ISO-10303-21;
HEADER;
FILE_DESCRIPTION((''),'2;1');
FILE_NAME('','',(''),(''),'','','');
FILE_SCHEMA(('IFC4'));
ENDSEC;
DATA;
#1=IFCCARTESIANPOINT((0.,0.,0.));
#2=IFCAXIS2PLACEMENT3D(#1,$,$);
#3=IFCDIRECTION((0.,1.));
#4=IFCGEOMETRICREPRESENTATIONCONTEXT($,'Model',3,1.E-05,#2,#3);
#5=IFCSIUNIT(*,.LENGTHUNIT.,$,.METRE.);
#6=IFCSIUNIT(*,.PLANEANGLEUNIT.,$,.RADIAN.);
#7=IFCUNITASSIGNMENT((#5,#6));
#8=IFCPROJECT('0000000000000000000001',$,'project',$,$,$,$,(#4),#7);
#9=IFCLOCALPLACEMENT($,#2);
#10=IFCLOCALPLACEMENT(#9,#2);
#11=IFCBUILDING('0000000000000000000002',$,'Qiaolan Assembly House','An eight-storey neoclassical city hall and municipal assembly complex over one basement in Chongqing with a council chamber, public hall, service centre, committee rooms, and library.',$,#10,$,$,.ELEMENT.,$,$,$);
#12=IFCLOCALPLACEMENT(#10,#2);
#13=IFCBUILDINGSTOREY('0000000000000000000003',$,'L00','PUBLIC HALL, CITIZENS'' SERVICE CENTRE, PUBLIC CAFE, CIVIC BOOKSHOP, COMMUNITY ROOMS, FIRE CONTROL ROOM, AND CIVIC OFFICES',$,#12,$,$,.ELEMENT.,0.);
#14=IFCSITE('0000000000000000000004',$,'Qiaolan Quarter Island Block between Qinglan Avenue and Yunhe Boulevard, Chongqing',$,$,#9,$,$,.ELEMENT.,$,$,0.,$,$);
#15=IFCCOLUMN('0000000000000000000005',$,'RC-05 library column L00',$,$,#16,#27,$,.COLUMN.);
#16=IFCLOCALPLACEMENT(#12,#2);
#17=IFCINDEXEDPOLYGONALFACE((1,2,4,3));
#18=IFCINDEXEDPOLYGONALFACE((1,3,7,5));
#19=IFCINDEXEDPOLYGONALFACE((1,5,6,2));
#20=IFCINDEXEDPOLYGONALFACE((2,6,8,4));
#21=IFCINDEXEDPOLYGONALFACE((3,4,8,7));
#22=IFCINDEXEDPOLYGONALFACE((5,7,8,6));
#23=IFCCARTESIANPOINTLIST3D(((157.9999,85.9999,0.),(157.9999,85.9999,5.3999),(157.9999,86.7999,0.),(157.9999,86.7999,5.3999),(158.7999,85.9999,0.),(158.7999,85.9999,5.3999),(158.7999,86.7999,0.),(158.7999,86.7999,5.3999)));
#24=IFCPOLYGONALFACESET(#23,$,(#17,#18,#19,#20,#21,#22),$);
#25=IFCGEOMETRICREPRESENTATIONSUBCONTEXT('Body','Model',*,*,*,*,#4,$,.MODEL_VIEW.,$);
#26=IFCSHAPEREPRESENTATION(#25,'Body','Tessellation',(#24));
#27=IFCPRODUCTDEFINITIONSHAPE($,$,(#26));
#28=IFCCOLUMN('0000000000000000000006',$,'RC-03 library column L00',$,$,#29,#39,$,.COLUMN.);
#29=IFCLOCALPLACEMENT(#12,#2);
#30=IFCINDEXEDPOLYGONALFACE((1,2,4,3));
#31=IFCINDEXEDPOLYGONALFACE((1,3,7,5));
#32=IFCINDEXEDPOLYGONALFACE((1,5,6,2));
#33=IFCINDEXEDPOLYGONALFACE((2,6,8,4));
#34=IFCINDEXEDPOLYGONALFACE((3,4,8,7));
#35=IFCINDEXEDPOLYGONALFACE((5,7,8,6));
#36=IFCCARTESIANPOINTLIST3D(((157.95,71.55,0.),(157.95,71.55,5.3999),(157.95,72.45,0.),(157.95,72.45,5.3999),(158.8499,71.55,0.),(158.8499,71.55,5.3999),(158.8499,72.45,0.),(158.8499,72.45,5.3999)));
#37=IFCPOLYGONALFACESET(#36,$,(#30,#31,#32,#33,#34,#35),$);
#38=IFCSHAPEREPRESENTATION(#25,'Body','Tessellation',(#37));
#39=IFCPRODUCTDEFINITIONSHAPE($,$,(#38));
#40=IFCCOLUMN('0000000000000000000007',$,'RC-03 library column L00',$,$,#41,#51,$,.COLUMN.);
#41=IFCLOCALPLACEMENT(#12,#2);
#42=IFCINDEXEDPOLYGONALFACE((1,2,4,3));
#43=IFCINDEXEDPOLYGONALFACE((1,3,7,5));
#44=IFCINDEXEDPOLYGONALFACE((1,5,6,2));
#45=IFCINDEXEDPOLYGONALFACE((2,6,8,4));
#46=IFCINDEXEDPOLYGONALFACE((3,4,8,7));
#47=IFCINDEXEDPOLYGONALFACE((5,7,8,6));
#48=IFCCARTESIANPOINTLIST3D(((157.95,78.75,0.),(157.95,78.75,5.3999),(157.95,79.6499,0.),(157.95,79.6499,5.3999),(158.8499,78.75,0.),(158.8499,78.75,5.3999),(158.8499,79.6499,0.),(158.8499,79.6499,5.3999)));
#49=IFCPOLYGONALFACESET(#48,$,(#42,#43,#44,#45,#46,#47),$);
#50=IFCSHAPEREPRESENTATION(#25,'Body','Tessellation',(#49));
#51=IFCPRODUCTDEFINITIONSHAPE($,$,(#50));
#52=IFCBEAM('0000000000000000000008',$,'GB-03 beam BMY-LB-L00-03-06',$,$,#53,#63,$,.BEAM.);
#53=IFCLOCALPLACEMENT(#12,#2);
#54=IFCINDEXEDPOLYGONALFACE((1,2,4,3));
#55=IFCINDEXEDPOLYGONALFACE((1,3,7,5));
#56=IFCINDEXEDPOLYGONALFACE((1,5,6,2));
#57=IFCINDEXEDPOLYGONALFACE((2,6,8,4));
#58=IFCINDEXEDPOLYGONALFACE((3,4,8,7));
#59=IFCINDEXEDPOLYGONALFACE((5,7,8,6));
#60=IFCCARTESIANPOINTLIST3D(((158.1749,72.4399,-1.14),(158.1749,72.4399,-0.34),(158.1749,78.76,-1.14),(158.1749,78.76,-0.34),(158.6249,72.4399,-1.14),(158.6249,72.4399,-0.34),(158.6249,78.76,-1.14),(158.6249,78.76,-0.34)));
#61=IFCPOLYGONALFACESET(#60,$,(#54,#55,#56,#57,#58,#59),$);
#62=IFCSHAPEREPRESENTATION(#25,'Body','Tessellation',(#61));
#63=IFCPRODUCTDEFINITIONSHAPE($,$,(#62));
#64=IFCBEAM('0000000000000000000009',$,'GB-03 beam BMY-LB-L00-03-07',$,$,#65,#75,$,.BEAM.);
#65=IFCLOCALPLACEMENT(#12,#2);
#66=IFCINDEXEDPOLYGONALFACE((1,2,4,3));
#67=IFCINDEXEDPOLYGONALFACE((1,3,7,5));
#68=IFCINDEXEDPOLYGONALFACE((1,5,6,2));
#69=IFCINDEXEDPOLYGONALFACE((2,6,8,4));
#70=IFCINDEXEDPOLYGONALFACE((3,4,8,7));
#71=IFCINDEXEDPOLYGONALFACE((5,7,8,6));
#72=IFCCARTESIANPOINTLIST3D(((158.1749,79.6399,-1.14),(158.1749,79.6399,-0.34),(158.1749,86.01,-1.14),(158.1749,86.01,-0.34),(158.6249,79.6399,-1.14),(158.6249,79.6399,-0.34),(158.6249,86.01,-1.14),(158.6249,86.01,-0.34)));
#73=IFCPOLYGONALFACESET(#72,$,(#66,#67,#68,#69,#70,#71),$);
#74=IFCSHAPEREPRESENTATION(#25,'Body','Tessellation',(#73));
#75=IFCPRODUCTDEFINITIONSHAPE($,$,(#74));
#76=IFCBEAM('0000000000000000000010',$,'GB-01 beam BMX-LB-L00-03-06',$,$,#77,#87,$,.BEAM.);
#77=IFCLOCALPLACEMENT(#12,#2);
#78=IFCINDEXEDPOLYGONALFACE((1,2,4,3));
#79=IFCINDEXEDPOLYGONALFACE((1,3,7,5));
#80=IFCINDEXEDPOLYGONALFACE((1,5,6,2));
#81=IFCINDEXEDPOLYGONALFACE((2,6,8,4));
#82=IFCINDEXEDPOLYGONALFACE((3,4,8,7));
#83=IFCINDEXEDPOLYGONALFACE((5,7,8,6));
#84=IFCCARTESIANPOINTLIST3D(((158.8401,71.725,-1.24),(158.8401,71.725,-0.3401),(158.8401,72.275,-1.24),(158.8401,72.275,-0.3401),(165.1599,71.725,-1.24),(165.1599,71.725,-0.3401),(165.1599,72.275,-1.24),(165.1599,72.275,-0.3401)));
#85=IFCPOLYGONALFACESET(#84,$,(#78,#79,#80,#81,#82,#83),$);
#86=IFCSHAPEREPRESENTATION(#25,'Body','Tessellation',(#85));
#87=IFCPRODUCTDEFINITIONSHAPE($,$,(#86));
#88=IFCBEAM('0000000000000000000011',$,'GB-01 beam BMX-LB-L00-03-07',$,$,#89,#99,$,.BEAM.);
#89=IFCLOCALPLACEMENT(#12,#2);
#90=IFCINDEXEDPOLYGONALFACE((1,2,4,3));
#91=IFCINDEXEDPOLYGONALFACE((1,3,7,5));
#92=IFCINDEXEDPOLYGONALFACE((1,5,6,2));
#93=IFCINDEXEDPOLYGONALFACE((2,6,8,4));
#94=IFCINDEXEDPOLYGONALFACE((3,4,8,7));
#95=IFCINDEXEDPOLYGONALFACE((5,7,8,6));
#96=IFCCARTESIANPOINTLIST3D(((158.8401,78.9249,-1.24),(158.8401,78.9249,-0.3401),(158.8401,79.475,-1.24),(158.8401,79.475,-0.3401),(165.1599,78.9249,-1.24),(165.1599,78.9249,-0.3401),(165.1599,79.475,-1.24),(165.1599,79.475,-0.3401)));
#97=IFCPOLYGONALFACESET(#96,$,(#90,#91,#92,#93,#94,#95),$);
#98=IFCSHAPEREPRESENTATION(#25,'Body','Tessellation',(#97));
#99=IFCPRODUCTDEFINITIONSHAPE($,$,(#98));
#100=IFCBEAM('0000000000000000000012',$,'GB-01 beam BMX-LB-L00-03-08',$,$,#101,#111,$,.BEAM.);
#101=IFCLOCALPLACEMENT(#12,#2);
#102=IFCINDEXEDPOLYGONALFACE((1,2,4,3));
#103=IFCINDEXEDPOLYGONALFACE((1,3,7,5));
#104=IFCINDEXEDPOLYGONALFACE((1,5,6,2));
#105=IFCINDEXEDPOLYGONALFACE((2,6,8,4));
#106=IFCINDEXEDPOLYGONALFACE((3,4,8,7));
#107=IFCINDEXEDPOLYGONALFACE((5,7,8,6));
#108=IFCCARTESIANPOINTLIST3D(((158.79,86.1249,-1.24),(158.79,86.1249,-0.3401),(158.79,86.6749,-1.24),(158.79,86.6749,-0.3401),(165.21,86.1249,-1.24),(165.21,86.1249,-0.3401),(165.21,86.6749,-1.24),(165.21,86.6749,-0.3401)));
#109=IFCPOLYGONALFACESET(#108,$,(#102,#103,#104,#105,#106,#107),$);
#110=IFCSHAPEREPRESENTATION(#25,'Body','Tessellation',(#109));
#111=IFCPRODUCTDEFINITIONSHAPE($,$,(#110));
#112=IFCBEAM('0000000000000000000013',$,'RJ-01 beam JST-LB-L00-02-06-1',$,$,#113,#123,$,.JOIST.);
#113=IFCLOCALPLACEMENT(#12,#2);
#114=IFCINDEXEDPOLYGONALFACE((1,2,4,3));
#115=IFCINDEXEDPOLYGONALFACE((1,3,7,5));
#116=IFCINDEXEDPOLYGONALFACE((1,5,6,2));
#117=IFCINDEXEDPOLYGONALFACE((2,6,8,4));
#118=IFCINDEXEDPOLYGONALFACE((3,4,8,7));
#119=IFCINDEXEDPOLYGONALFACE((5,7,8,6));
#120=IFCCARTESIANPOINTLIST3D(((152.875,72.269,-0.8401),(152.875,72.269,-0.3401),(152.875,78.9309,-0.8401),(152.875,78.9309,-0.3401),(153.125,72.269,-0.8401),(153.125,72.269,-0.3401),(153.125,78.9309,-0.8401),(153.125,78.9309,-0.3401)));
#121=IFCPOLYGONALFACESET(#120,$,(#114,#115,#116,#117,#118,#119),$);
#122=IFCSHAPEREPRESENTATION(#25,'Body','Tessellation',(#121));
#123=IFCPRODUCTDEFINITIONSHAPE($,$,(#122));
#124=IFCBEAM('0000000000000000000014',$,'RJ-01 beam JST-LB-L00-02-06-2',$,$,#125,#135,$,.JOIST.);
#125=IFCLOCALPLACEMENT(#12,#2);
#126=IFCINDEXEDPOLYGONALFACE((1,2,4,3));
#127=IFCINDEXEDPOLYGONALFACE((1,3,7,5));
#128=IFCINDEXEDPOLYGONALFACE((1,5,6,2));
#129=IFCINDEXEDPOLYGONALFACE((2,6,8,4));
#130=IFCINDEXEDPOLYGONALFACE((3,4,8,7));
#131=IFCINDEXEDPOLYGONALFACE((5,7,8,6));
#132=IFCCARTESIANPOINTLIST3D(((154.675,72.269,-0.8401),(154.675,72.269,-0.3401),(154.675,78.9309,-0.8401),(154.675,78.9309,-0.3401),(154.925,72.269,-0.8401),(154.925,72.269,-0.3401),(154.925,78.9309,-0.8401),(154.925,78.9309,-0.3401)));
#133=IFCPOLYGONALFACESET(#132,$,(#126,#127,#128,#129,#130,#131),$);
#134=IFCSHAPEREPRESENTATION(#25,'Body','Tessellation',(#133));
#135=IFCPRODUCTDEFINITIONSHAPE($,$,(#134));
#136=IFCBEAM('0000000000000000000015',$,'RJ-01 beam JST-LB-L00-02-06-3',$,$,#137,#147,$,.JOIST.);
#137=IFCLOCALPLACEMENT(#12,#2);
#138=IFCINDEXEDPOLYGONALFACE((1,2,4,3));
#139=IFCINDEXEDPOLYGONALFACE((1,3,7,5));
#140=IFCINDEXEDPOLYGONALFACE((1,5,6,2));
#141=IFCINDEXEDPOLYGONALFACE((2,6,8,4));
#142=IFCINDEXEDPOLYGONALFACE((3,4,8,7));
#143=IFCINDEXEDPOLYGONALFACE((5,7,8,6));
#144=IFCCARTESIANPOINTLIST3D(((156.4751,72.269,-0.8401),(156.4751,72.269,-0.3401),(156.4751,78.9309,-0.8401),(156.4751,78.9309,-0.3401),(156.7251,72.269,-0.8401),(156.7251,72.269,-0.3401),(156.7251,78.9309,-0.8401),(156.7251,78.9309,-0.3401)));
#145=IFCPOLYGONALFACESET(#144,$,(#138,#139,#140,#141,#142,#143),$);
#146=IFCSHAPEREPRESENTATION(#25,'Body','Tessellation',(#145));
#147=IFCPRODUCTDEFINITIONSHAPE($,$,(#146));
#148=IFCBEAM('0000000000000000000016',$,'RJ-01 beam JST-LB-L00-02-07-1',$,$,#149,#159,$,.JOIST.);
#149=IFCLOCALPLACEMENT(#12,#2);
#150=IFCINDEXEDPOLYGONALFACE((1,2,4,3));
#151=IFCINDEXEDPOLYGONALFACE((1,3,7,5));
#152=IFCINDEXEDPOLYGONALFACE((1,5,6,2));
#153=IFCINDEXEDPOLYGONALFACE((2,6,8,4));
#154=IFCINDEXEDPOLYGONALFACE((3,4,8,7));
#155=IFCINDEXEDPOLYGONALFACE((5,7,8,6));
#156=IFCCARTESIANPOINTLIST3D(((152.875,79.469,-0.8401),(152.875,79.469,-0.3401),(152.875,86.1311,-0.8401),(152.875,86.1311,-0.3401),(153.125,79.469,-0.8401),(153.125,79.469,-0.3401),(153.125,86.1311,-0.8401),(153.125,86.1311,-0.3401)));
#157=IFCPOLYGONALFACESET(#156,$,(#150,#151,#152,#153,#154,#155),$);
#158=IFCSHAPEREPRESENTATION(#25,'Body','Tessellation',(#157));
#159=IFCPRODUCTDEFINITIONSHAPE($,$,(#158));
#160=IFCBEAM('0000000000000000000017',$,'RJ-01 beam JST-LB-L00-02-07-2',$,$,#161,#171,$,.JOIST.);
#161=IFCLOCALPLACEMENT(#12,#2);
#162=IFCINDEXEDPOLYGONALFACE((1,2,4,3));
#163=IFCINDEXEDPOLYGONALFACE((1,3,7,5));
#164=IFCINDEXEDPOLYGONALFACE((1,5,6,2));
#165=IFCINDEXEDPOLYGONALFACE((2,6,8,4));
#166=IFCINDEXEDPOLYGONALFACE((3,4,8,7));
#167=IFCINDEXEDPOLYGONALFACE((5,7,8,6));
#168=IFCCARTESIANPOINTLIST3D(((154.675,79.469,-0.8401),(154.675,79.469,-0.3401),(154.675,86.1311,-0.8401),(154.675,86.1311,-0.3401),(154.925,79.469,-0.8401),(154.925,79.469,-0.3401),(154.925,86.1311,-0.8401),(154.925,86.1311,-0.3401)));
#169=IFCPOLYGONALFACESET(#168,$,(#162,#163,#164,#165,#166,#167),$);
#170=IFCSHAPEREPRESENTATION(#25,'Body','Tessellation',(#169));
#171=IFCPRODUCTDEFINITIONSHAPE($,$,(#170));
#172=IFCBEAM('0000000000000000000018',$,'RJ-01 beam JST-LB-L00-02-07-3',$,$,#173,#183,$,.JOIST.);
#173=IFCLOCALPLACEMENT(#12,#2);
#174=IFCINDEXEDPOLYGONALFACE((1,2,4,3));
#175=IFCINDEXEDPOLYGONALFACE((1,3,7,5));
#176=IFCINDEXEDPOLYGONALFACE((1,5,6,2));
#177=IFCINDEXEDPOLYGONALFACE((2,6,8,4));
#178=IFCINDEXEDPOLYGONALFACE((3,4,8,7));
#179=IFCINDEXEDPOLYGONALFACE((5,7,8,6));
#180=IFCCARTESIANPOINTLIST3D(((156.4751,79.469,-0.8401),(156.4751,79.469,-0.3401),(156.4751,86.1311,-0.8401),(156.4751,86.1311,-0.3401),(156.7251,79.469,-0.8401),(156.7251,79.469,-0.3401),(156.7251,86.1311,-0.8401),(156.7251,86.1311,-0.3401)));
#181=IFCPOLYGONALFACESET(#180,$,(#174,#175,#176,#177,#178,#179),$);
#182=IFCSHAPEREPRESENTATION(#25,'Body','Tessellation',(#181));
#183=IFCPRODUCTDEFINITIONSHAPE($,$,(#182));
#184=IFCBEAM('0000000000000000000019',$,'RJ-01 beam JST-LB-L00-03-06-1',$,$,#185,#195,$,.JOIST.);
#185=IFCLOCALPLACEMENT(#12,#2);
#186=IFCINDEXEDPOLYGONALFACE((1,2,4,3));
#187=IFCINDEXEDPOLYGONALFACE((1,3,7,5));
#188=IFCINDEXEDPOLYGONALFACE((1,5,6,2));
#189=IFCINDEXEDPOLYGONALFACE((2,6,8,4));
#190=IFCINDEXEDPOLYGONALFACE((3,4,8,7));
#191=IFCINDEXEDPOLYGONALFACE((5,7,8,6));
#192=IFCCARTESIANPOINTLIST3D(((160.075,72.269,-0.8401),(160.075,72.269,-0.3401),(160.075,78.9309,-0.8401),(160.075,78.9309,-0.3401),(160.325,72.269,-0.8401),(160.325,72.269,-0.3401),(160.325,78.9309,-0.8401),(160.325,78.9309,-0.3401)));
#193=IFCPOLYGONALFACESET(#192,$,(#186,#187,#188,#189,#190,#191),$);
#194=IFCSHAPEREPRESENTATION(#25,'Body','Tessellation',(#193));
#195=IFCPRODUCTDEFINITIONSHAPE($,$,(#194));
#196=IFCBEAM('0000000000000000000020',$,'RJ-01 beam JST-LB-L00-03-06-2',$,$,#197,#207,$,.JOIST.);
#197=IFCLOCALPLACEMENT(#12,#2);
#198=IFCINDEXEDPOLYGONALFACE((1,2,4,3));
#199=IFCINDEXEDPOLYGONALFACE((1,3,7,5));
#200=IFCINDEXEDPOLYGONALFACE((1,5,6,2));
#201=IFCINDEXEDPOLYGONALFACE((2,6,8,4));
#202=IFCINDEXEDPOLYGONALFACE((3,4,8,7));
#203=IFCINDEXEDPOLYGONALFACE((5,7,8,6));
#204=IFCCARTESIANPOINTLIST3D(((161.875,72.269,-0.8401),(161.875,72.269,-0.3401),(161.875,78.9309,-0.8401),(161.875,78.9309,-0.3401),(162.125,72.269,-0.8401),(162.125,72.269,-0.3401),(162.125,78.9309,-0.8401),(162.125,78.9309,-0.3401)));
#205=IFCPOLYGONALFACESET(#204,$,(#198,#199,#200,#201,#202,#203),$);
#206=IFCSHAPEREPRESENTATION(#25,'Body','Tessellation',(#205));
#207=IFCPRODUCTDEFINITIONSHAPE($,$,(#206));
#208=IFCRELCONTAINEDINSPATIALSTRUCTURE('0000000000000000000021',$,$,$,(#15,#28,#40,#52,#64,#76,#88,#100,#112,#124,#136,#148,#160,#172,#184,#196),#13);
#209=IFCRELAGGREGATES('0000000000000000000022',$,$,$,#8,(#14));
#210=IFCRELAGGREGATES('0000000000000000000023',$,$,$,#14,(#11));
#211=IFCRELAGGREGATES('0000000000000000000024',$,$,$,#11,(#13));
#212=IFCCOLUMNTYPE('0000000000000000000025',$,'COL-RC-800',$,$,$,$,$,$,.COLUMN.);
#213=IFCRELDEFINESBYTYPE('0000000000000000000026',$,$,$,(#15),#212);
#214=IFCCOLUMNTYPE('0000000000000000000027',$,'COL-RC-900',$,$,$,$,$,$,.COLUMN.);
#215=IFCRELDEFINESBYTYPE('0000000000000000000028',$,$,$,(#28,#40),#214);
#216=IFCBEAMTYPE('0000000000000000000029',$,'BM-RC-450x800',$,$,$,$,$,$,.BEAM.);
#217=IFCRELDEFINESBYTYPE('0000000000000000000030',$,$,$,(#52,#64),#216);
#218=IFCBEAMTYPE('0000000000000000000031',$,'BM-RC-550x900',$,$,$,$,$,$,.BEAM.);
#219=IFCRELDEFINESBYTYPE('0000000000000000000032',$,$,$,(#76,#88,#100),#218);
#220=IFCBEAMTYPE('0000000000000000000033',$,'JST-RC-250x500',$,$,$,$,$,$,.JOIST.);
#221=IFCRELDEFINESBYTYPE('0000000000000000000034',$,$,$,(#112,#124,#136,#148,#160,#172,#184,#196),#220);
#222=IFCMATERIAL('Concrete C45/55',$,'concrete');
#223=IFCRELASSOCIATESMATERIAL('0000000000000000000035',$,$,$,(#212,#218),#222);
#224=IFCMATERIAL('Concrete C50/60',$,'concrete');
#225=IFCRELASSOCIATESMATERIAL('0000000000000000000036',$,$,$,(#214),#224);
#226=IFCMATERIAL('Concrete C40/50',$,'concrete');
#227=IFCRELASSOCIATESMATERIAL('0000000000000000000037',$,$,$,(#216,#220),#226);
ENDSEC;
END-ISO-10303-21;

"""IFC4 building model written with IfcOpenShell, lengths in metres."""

from ifc_helpers import new_model, si_unit, direction, frame, origin, origin_2d, place, context, subcontext, project, spatial, rectangle, extrude, material, material_profile, profile_set, type_object, element, save


model = new_model("IFC4")

# Units and contexts
model_context = context("Model", 3, precision=1e-05, world=origin(), true_north=direction((0.0, 1.0)))
body_context = subcontext(model_context, "Body", "Model", "MODEL_VIEW")
ifc_project = project(units=[si_unit("LENGTHUNIT", "METRE"), si_unit("PLANEANGLEUNIT", "RADIAN")], contexts=[model_context])

# Site, building, storey
site_placement = place(None, origin())
site = spatial("IfcSite", under=ifc_project, at=site_placement, Name="Qiaolan Quarter Island Block between Qinglan Avenue and Yunhe Boulevard, Chongqing", CompositionType="ELEMENT", RefElevation=0.0)
building_placement = place(site_placement, origin())
building = spatial("IfcBuilding", under=site, at=building_placement, Name="Qiaolan Assembly House", Description="An eight-storey neoclassical city hall and municipal assembly complex over one basement in Chongqing with a council chamber, public hall, service centre, committee rooms, and library.", CompositionType="ELEMENT")
storey_placement = place(building_placement, origin())
storey = spatial("IfcBuildingStorey", under=building, at=storey_placement, Name="L00", Description="PUBLIC HALL, CITIZENS' SERVICE CENTRE, PUBLIC CAFE, CIVIC BOOKSHOP, COMMUNITY ROOMS, FIRE CONTROL ROOM, AND CIVIC OFFICES", CompositionType="ELEMENT", Elevation=0.0)

# Columns
ifc_material_1 = material(Name="Concrete C45/55", Category="concrete")
ifc_material_profile_1 = material_profile(ifc_material_1, rectangle(XDim=0.8, YDim=0.8, at=origin_2d()), Name="RC 800x800")
ifc_profile_set_1 = profile_set([ifc_material_profile_1], Name="Concrete C45/55")
column_type_1 = type_object("IfcColumnType", Name="COL-RC-800", PredefinedType="COLUMN", material=ifc_profile_set_1)
column_placement = place(storey_placement, frame((158.3999, 86.3999, 0.0), z_axis=(0.0, 0.0, 1.0), x_axis=(1.0, 0.0, 0.0)))
element("IfcColumn", 1, at=column_placement, inside=storey, type_object=column_type_1, Name="RC-05 library column L00", PredefinedType="COLUMN", context=body_context, shape_type="SweptSolid", body=[
    extrude(rectangle(XDim=0.8, YDim=0.8, at=origin_2d()), origin(), (0.0, 0.0, 1.0), 5.3999),
])
ifc_material_2 = material(Name="Concrete C50/60", Category="concrete")
ifc_material_profile_2 = material_profile(ifc_material_2, rectangle(XDim=0.8999, YDim=0.8999, at=origin_2d()), Name="RC 900x900")
ifc_profile_set_2 = profile_set([ifc_material_profile_2], Name="Concrete C50/60")
column_type_2 = type_object("IfcColumnType", Name="COL-RC-900", PredefinedType="COLUMN", material=ifc_profile_set_2)
for number, where, z_axis, x_axis, name in (
    (2, (158.3999, 72.0, 0.0), (0.0, 0.0, 1.0), (1.0, 0.0, 0.0), "RC-03 library column L00"),
    (3, (158.3999, 79.2, 0.0), (0.0, 0.0, 1.0), (1.0, 0.0, 0.0), "RC-03 library column L00"),
):
    element("IfcColumn", number, at=place(storey_placement, frame(where, z_axis=z_axis, x_axis=x_axis)), inside=storey, type_object=column_type_2, Name=name, PredefinedType="COLUMN", context=body_context, shape_type="SweptSolid", body=[
        extrude(rectangle(XDim=0.8999, YDim=0.8999, at=origin_2d()), origin(), (0.0, 0.0, 1.0), 5.3999),
    ])

# Beams
ifc_material_3 = material(Name="Concrete C40/50", Category="concrete")
ifc_material_profile_3 = material_profile(ifc_material_3, rectangle(XDim=0.45, YDim=0.8, at=origin_2d()), Name="RCB 450x800")
ifc_profile_set_3 = profile_set([ifc_material_profile_3], Name="Concrete C40/50")
beam_type_1 = type_object("IfcBeamType", Name="BM-RC-450x800", PredefinedType="BEAM", material=ifc_profile_set_3)
beam_1_placement = place(storey_placement, frame((158.3999, 72.4399, -0.74), z_axis=(0.0, 1.0, 0.0), x_axis=(-1.0, 0.0, 0.0)))
element("IfcBeam", 4, at=beam_1_placement, inside=storey, type_object=beam_type_1, Name="GB-03 beam BMY-LB-L00-03-06", PredefinedType="BEAM", context=body_context, shape_type="SweptSolid", body=[
    extrude(rectangle(XDim=0.45, YDim=0.8, at=origin_2d()), origin(), (0.0, 0.0, 1.0), 6.3201),
])
beam_2_placement = place(storey_placement, frame((158.3999, 79.6399, -0.74), z_axis=(0.0, 1.0, 0.0), x_axis=(-1.0, 0.0, 0.0)))
element("IfcBeam", 5, at=beam_2_placement, inside=storey, type_object=beam_type_1, Name="GB-03 beam BMY-LB-L00-03-07", PredefinedType="BEAM", context=body_context, shape_type="SweptSolid", body=[
    extrude(rectangle(XDim=0.45, YDim=0.8, at=origin_2d()), origin(), (0.0, 0.0, 1.0), 6.3701),
])
ifc_material_profile_4 = material_profile(ifc_material_1, rectangle(XDim=0.55, YDim=0.8999, at=origin_2d()), Name="RCB 550x900")
ifc_profile_set_4 = profile_set([ifc_material_profile_4], Name="Concrete C45/55")
beam_type_2 = type_object("IfcBeamType", Name="BM-RC-550x900", PredefinedType="BEAM", material=ifc_profile_set_4)
for number, where, z_axis, x_axis, name in (
    (6, (158.8401, 72.0, -0.79), (1.0, 0.0, 0.0), (0.0, 1.0, 0.0), "GB-01 beam BMX-LB-L00-03-06"),
    (7, (158.8401, 79.2, -0.79), (1.0, 0.0, 0.0), (0.0, 1.0, 0.0), "GB-01 beam BMX-LB-L00-03-07"),
):
    element("IfcBeam", number, at=place(storey_placement, frame(where, z_axis=z_axis, x_axis=x_axis)), inside=storey, type_object=beam_type_2, Name=name, PredefinedType="BEAM", context=body_context, shape_type="SweptSolid", body=[
        extrude(rectangle(XDim=0.55, YDim=0.8999, at=origin_2d()), origin(), (0.0, 0.0, 1.0), 6.3198),
    ])
beam_3_placement = place(storey_placement, frame((158.79, 86.3999, -0.79), z_axis=(1.0, 0.0, 0.0), x_axis=(0.0, 1.0, 0.0)))
element("IfcBeam", 8, at=beam_3_placement, inside=storey, type_object=beam_type_2, Name="GB-01 beam BMX-LB-L00-03-08", PredefinedType="BEAM", context=body_context, shape_type="SweptSolid", body=[
    extrude(rectangle(XDim=0.55, YDim=0.8999, at=origin_2d()), origin(), (0.0, 0.0, 1.0), 6.4199),
])
ifc_material_profile_5 = material_profile(ifc_material_3, rectangle(XDim=0.25, YDim=0.5, at=origin_2d()), Name="RCB 250x500")
ifc_profile_set_5 = profile_set([ifc_material_profile_5], Name="Concrete C40/50")
beam_type_3 = type_object("IfcBeamType", Name="JST-RC-250x500", PredefinedType="JOIST", material=ifc_profile_set_5)
for number, where, z_axis, x_axis, name in (
    (9, (153.0, 72.269, -0.5901), (0.0, 1.0, 0.0), (-1.0, 0.0, 0.0), "RJ-01 beam JST-LB-L00-02-06-1"),
    (10, (154.8, 72.269, -0.5901), (0.0, 1.0, 0.0), (-1.0, 0.0, 0.0), "RJ-01 beam JST-LB-L00-02-06-2"),
    (11, (156.6001, 72.269, -0.5901), (0.0, 1.0, 0.0), (-1.0, 0.0, 0.0), "RJ-01 beam JST-LB-L00-02-06-3"),
):
    element("IfcBeam", number, at=place(storey_placement, frame(where, z_axis=z_axis, x_axis=x_axis)), inside=storey, type_object=beam_type_3, Name=name, PredefinedType="JOIST", context=body_context, shape_type="SweptSolid", body=[
        extrude(rectangle(XDim=0.25, YDim=0.5, at=origin_2d()), origin(), (0.0, 0.0, 1.0), 6.6619),
    ])
for number, where, z_axis, x_axis, name in (
    (12, (153.0, 79.469, -0.5901), (0.0, 1.0, 0.0), (-1.0, 0.0, 0.0), "RJ-01 beam JST-LB-L00-02-07-1"),
    (13, (154.8, 79.469, -0.5901), (0.0, 1.0, 0.0), (-1.0, 0.0, 0.0), "RJ-01 beam JST-LB-L00-02-07-2"),
    (14, (156.6001, 79.469, -0.5901), (0.0, 1.0, 0.0), (-1.0, 0.0, 0.0), "RJ-01 beam JST-LB-L00-02-07-3"),
):
    element("IfcBeam", number, at=place(storey_placement, frame(where, z_axis=z_axis, x_axis=x_axis)), inside=storey, type_object=beam_type_3, Name=name, PredefinedType="JOIST", context=body_context, shape_type="SweptSolid", body=[
        extrude(rectangle(XDim=0.25, YDim=0.5, at=origin_2d()), origin(), (0.0, 0.0, 1.0), 6.6621),
    ])
for number, where, z_axis, x_axis, name in (
    (15, (160.2, 72.269, -0.5901), (0.0, 1.0, 0.0), (-1.0, 0.0, 0.0), "RJ-01 beam JST-LB-L00-03-06-1"),
    (16, (162.0, 72.269, -0.5901), (0.0, 1.0, 0.0), (-1.0, 0.0, 0.0), "RJ-01 beam JST-LB-L00-03-06-2"),
):
    element("IfcBeam", number, at=place(storey_placement, frame(where, z_axis=z_axis, x_axis=x_axis)), inside=storey, type_object=beam_type_3, Name=name, PredefinedType="JOIST", context=body_context, shape_type="SweptSolid", body=[
        extrude(rectangle(XDim=0.25, YDim=0.5, at=origin_2d()), origin(), (0.0, 0.0, 1.0), 6.6619),
    ])

save(model, "model.ifc")
